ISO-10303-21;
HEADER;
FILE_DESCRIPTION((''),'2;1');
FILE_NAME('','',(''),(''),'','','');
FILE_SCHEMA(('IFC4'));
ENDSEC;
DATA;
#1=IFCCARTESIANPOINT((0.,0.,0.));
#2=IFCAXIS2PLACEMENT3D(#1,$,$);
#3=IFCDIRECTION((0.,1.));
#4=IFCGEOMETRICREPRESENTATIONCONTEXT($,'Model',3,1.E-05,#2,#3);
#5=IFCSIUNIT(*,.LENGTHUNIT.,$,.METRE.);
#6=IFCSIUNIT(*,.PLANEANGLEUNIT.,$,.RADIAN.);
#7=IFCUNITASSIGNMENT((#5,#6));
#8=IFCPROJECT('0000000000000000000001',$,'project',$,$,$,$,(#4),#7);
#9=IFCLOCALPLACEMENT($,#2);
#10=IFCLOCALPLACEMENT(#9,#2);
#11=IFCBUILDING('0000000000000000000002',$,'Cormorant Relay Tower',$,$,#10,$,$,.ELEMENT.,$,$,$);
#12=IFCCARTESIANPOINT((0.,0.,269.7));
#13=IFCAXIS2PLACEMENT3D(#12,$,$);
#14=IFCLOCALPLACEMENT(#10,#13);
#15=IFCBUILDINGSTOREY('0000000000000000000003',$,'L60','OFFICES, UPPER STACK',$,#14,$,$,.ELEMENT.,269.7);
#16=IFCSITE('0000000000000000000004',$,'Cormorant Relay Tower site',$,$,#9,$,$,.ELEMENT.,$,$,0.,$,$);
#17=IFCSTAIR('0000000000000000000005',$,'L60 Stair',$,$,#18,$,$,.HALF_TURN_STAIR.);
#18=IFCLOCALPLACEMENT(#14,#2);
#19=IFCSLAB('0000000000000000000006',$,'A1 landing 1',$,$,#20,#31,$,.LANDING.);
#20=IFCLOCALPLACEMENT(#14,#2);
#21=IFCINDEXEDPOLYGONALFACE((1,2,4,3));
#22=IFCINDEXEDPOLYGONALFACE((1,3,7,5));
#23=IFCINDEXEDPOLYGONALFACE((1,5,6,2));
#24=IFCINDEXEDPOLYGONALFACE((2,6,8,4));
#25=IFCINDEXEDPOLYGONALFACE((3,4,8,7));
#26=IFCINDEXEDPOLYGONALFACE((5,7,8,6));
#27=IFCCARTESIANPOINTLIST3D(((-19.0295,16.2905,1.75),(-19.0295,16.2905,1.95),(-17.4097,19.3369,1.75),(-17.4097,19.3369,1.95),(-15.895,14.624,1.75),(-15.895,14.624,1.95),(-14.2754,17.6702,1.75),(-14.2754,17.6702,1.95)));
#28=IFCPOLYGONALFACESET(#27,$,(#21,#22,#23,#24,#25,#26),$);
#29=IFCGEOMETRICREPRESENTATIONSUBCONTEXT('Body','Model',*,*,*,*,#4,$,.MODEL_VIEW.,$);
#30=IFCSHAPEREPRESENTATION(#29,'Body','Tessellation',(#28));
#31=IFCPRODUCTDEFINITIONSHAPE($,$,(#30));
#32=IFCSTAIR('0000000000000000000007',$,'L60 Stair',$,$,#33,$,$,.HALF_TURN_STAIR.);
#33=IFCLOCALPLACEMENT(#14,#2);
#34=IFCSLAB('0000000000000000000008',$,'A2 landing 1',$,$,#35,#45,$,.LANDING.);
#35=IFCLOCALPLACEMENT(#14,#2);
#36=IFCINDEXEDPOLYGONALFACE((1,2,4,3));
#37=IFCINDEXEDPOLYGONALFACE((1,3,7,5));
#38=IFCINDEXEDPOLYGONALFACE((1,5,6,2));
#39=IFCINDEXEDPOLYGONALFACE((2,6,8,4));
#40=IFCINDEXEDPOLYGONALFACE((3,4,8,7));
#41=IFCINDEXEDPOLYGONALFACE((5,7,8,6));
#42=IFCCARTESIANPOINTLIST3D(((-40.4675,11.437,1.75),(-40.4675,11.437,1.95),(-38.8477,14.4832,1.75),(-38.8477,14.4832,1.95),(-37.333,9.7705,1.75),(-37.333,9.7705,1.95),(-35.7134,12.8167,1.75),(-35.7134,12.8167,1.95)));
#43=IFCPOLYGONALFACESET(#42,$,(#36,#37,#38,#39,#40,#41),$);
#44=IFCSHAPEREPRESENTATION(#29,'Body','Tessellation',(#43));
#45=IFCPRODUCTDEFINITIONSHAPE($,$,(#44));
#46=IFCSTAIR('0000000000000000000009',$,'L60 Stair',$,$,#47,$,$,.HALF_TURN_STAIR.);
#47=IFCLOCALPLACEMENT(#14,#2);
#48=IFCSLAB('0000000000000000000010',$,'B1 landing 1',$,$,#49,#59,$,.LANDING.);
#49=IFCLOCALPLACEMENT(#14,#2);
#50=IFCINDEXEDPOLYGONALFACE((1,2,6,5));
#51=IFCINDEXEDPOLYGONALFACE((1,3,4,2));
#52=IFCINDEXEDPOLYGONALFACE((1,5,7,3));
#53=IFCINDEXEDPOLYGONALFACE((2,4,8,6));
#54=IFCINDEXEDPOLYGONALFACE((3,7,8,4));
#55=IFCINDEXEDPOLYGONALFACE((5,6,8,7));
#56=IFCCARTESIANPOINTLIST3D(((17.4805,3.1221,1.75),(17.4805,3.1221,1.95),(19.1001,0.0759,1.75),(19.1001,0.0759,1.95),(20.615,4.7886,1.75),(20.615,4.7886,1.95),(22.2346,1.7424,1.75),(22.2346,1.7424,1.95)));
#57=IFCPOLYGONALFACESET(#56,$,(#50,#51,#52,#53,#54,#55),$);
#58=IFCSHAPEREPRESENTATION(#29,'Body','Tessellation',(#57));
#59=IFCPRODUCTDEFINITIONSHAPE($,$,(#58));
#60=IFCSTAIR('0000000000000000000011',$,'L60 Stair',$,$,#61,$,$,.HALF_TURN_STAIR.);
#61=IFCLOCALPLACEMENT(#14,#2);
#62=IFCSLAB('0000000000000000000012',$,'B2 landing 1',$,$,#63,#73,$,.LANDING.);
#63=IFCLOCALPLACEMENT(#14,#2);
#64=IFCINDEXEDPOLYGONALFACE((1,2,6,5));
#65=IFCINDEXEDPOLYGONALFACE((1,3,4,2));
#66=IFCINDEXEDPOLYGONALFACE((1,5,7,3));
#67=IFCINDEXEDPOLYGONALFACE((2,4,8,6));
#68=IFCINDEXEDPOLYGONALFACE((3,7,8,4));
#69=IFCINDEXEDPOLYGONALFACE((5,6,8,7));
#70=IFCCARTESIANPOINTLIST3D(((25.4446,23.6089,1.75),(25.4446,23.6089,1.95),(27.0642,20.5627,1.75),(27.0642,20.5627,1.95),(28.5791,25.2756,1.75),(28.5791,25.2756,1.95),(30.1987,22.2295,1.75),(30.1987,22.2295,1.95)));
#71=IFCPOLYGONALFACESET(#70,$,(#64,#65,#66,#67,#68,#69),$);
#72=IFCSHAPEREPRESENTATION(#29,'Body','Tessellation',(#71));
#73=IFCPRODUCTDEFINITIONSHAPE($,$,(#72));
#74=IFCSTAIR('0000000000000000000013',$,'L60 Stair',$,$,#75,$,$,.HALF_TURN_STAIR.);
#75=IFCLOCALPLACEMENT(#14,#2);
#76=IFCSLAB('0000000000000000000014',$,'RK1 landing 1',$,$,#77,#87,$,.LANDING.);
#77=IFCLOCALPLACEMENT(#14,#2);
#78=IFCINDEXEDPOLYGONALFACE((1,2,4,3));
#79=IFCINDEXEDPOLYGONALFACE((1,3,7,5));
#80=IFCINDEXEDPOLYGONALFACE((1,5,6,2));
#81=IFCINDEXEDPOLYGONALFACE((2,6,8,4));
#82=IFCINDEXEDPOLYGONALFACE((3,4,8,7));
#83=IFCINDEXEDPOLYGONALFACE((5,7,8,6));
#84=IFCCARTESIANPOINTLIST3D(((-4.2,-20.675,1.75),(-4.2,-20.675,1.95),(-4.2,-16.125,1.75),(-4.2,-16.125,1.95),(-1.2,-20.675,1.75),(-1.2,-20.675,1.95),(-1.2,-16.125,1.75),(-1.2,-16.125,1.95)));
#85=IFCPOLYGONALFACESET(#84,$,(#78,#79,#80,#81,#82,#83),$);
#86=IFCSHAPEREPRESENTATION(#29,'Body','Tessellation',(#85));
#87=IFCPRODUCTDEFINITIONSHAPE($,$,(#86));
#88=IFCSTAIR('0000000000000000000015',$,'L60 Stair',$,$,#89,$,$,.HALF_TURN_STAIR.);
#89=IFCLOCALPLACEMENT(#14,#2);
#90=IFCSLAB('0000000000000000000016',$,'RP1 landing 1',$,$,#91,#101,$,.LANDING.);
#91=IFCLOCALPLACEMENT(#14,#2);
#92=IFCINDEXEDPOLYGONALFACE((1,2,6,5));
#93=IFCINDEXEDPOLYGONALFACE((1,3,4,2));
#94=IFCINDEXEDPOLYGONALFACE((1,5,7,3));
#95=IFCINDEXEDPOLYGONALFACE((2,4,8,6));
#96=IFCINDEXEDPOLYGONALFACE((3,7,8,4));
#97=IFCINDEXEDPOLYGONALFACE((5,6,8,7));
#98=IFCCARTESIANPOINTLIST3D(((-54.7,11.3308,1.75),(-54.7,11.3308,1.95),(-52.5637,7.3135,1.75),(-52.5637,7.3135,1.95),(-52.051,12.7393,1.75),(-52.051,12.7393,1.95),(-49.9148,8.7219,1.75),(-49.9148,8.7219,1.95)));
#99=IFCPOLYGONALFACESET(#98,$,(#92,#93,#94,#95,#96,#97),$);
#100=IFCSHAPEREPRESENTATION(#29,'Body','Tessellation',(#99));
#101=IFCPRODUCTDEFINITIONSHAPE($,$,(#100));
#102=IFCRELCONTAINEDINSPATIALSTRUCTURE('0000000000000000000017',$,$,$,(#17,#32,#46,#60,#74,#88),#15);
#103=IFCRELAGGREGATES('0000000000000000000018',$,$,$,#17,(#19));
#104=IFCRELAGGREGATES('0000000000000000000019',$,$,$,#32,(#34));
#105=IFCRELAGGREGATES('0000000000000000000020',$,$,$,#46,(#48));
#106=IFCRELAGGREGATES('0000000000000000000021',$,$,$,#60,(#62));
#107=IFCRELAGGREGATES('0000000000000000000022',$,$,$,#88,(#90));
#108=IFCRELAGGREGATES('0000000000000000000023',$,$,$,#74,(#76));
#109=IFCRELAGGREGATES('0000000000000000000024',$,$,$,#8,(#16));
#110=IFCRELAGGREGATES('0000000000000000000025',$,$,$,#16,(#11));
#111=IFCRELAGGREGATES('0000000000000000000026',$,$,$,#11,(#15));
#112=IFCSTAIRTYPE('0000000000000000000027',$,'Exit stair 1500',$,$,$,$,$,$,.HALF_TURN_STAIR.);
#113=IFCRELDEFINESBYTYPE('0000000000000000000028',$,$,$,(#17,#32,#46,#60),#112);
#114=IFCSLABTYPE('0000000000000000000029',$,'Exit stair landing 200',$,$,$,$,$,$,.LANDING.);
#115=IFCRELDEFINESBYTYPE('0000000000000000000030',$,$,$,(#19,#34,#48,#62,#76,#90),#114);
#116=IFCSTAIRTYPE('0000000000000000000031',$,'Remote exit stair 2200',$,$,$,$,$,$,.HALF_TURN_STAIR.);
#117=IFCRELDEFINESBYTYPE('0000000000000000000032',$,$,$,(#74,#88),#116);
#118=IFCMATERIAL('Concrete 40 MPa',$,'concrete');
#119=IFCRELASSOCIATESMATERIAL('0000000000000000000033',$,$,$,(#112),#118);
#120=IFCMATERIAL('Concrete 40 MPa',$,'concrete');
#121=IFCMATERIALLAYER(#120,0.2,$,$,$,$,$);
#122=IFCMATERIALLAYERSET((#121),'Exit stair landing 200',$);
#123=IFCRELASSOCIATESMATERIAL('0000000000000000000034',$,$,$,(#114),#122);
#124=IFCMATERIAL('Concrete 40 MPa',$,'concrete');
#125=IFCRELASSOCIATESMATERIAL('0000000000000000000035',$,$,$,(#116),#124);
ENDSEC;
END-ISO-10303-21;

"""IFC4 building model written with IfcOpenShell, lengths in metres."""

from ifc_helpers import new_model, si_unit, direction, frame, origin, place, context, subcontext, project, spatial, polyline, outline, extrude, material, layer, layer_set, type_object, element, aggregate, save


model = new_model("IFC4")

# Units and contexts
model_context = context("Model", 3, precision=1e-05, world=origin(), true_north=direction((0.0, 1.0)))
body_context = subcontext(model_context, "Body", "Model", "MODEL_VIEW")
ifc_project = project(units=[si_unit("LENGTHUNIT", "METRE"), si_unit("PLANEANGLEUNIT", "RADIAN")], contexts=[model_context])

# Site, building, storey
site_placement = place(None, origin())
site = spatial("IfcSite", under=ifc_project, at=site_placement, Name="Cormorant Relay Tower site", CompositionType="ELEMENT", RefElevation=0.0)
building_placement = place(site_placement, origin())
building = spatial("IfcBuilding", under=site, at=building_placement, Name="Cormorant Relay Tower", CompositionType="ELEMENT")
storey_placement = place(building_placement, frame((0.0, 0.0, 269.7)))
storey = spatial("IfcBuildingStorey", under=building, at=storey_placement, Name="L60", Description="OFFICES, UPPER STACK", CompositionType="ELEMENT", Elevation=269.7)

# Stairs, slabs
ifc_material_1 = material(Name="Concrete 40 MPa", Category="concrete")
stair_type_1 = type_object("IfcStairType", Name="Exit stair 1500", PredefinedType="HALF_TURN_STAIR", material=ifc_material_1)
stair_1_placement = place(storey_placement, origin())
stair_1 = element("IfcStair", 1, at=stair_1_placement, inside=storey, type_object=stair_type_1, Name="L60 Stair", PredefinedType="HALF_TURN_STAIR")
ifc_material_2 = material(Name="Concrete 40 MPa", Category="concrete")
ifc_layer_1 = layer(ifc_material_2, 0.2)
ifc_layer_set_1 = layer_set([ifc_layer_1], Name="Exit stair landing 200")
slab_type_1 = type_object("IfcSlabType", Name="Exit stair landing 200", PredefinedType="LANDING", material=ifc_layer_set_1)
slab_1_placement = place(storey_placement, frame((0.0, 0.0, 1.75)))
slab_1 = element("IfcSlab", 2, at=slab_1_placement, type_object=slab_type_1, Name="A1 landing 1", PredefinedType="LANDING", context=body_context, shape_type="SweptSolid", body=[
    extrude(outline(polyline([(-19.0295, 16.2905), (-15.895, 14.624), (-14.2754, 17.6702), (-17.4097, 19.3369), (-19.0295, 16.2905)])), origin(), (0.0, 0.0, 1.0), 0.2),
])
aggregate(stair_1, [slab_1])
stair_2_placement = place(storey_placement, origin())
stair_2 = element("IfcStair", 3, at=stair_2_placement, inside=storey, type_object=stair_type_1, Name="L60 Stair", PredefinedType="HALF_TURN_STAIR")
slab_2_placement = place(storey_placement, frame((0.0, 0.0, 1.75)))
slab_2 = element("IfcSlab", 4, at=slab_2_placement, type_object=slab_type_1, Name="A2 landing 1", PredefinedType="LANDING", context=body_context, shape_type="SweptSolid", body=[
    extrude(outline(polyline([(-35.7134, 12.8167), (-38.8477, 14.4832), (-40.4675, 11.437), (-37.333, 9.7705), (-35.7134, 12.8167)])), origin(), (0.0, 0.0, 1.0), 0.2),
])
aggregate(stair_2, [slab_2])
stair_3_placement = place(storey_placement, origin())
stair_3 = element("IfcStair", 5, at=stair_3_placement, inside=storey, type_object=stair_type_1, Name="L60 Stair", PredefinedType="HALF_TURN_STAIR")
slab_3_placement = place(storey_placement, frame((0.0, 0.0, 1.75)))
slab_3 = element("IfcSlab", 6, at=slab_3_placement, type_object=slab_type_1, Name="B1 landing 1", PredefinedType="LANDING", context=body_context, shape_type="SweptSolid", body=[
    extrude(outline(polyline([(20.615, 4.7886), (17.4805, 3.1221), (19.1001, 0.0759), (22.2346, 1.7424), (20.615, 4.7886)])), origin(), (0.0, 0.0, 1.0), 0.2),
])
aggregate(stair_3, [slab_3])
stair_4_placement = place(storey_placement, origin())
stair_4 = element("IfcStair", 7, at=stair_4_placement, inside=storey, type_object=stair_type_1, Name="L60 Stair", PredefinedType="HALF_TURN_STAIR")
slab_4_placement = place(storey_placement, frame((0.0, 0.0, 1.75)))
slab_4 = element("IfcSlab", 8, at=slab_4_placement, type_object=slab_type_1, Name="B2 landing 1", PredefinedType="LANDING", context=body_context, shape_type="SweptSolid", body=[
    extrude(outline(polyline([(27.0642, 20.5627), (30.1987, 22.2295), (28.5791, 25.2756), (25.4446, 23.6089), (27.0642, 20.5627)])), origin(), (0.0, 0.0, 1.0), 0.2),
])
aggregate(stair_4, [slab_4])
ifc_material_3 = material(Name="Concrete 40 MPa", Category="concrete")
stair_type_2 = type_object("IfcStairType", Name="Remote exit stair 2200", PredefinedType="HALF_TURN_STAIR", material=ifc_material_3)
stair_5_placement = place(storey_placement, origin())
stair_5 = element("IfcStair", 9, at=stair_5_placement, inside=storey, type_object=stair_type_2, Name="L60 Stair", PredefinedType="HALF_TURN_STAIR")
slab_5_placement = place(storey_placement, frame((0.0, 0.0, 1.75)))
slab_5 = element("IfcSlab", 10, at=slab_5_placement, type_object=slab_type_1, Name="RK1 landing 1", PredefinedType="LANDING", context=body_context, shape_type="SweptSolid", body=[
    extrude(outline(polyline([(-1.2, -16.125), (-4.2, -16.125), (-4.2, -20.675), (-1.2, -20.675), (-1.2, -16.125)])), origin(), (0.0, 0.0, 1.0), 0.2),
])
stair_6_placement = place(storey_placement, origin())
stair_6 = element("IfcStair", 11, at=stair_6_placement, inside=storey, type_object=stair_type_2, Name="L60 Stair", PredefinedType="HALF_TURN_STAIR")
slab_6_placement = place(storey_placement, frame((0.0, 0.0, 1.75)))
slab_6 = element("IfcSlab", 12, at=slab_6_placement, type_object=slab_type_1, Name="RP1 landing 1", PredefinedType="LANDING", context=body_context, shape_type="SweptSolid", body=[
    extrude(outline(polyline([(-52.051, 12.7393), (-54.7, 11.3308), (-52.5637, 7.3135), (-49.9148, 8.7219), (-52.051, 12.7393)])), origin(), (0.0, 0.0, 1.0), 0.2),
])
aggregate(stair_6, [slab_6])

aggregate(stair_5, [slab_5])

save(model, "model.ifc")
